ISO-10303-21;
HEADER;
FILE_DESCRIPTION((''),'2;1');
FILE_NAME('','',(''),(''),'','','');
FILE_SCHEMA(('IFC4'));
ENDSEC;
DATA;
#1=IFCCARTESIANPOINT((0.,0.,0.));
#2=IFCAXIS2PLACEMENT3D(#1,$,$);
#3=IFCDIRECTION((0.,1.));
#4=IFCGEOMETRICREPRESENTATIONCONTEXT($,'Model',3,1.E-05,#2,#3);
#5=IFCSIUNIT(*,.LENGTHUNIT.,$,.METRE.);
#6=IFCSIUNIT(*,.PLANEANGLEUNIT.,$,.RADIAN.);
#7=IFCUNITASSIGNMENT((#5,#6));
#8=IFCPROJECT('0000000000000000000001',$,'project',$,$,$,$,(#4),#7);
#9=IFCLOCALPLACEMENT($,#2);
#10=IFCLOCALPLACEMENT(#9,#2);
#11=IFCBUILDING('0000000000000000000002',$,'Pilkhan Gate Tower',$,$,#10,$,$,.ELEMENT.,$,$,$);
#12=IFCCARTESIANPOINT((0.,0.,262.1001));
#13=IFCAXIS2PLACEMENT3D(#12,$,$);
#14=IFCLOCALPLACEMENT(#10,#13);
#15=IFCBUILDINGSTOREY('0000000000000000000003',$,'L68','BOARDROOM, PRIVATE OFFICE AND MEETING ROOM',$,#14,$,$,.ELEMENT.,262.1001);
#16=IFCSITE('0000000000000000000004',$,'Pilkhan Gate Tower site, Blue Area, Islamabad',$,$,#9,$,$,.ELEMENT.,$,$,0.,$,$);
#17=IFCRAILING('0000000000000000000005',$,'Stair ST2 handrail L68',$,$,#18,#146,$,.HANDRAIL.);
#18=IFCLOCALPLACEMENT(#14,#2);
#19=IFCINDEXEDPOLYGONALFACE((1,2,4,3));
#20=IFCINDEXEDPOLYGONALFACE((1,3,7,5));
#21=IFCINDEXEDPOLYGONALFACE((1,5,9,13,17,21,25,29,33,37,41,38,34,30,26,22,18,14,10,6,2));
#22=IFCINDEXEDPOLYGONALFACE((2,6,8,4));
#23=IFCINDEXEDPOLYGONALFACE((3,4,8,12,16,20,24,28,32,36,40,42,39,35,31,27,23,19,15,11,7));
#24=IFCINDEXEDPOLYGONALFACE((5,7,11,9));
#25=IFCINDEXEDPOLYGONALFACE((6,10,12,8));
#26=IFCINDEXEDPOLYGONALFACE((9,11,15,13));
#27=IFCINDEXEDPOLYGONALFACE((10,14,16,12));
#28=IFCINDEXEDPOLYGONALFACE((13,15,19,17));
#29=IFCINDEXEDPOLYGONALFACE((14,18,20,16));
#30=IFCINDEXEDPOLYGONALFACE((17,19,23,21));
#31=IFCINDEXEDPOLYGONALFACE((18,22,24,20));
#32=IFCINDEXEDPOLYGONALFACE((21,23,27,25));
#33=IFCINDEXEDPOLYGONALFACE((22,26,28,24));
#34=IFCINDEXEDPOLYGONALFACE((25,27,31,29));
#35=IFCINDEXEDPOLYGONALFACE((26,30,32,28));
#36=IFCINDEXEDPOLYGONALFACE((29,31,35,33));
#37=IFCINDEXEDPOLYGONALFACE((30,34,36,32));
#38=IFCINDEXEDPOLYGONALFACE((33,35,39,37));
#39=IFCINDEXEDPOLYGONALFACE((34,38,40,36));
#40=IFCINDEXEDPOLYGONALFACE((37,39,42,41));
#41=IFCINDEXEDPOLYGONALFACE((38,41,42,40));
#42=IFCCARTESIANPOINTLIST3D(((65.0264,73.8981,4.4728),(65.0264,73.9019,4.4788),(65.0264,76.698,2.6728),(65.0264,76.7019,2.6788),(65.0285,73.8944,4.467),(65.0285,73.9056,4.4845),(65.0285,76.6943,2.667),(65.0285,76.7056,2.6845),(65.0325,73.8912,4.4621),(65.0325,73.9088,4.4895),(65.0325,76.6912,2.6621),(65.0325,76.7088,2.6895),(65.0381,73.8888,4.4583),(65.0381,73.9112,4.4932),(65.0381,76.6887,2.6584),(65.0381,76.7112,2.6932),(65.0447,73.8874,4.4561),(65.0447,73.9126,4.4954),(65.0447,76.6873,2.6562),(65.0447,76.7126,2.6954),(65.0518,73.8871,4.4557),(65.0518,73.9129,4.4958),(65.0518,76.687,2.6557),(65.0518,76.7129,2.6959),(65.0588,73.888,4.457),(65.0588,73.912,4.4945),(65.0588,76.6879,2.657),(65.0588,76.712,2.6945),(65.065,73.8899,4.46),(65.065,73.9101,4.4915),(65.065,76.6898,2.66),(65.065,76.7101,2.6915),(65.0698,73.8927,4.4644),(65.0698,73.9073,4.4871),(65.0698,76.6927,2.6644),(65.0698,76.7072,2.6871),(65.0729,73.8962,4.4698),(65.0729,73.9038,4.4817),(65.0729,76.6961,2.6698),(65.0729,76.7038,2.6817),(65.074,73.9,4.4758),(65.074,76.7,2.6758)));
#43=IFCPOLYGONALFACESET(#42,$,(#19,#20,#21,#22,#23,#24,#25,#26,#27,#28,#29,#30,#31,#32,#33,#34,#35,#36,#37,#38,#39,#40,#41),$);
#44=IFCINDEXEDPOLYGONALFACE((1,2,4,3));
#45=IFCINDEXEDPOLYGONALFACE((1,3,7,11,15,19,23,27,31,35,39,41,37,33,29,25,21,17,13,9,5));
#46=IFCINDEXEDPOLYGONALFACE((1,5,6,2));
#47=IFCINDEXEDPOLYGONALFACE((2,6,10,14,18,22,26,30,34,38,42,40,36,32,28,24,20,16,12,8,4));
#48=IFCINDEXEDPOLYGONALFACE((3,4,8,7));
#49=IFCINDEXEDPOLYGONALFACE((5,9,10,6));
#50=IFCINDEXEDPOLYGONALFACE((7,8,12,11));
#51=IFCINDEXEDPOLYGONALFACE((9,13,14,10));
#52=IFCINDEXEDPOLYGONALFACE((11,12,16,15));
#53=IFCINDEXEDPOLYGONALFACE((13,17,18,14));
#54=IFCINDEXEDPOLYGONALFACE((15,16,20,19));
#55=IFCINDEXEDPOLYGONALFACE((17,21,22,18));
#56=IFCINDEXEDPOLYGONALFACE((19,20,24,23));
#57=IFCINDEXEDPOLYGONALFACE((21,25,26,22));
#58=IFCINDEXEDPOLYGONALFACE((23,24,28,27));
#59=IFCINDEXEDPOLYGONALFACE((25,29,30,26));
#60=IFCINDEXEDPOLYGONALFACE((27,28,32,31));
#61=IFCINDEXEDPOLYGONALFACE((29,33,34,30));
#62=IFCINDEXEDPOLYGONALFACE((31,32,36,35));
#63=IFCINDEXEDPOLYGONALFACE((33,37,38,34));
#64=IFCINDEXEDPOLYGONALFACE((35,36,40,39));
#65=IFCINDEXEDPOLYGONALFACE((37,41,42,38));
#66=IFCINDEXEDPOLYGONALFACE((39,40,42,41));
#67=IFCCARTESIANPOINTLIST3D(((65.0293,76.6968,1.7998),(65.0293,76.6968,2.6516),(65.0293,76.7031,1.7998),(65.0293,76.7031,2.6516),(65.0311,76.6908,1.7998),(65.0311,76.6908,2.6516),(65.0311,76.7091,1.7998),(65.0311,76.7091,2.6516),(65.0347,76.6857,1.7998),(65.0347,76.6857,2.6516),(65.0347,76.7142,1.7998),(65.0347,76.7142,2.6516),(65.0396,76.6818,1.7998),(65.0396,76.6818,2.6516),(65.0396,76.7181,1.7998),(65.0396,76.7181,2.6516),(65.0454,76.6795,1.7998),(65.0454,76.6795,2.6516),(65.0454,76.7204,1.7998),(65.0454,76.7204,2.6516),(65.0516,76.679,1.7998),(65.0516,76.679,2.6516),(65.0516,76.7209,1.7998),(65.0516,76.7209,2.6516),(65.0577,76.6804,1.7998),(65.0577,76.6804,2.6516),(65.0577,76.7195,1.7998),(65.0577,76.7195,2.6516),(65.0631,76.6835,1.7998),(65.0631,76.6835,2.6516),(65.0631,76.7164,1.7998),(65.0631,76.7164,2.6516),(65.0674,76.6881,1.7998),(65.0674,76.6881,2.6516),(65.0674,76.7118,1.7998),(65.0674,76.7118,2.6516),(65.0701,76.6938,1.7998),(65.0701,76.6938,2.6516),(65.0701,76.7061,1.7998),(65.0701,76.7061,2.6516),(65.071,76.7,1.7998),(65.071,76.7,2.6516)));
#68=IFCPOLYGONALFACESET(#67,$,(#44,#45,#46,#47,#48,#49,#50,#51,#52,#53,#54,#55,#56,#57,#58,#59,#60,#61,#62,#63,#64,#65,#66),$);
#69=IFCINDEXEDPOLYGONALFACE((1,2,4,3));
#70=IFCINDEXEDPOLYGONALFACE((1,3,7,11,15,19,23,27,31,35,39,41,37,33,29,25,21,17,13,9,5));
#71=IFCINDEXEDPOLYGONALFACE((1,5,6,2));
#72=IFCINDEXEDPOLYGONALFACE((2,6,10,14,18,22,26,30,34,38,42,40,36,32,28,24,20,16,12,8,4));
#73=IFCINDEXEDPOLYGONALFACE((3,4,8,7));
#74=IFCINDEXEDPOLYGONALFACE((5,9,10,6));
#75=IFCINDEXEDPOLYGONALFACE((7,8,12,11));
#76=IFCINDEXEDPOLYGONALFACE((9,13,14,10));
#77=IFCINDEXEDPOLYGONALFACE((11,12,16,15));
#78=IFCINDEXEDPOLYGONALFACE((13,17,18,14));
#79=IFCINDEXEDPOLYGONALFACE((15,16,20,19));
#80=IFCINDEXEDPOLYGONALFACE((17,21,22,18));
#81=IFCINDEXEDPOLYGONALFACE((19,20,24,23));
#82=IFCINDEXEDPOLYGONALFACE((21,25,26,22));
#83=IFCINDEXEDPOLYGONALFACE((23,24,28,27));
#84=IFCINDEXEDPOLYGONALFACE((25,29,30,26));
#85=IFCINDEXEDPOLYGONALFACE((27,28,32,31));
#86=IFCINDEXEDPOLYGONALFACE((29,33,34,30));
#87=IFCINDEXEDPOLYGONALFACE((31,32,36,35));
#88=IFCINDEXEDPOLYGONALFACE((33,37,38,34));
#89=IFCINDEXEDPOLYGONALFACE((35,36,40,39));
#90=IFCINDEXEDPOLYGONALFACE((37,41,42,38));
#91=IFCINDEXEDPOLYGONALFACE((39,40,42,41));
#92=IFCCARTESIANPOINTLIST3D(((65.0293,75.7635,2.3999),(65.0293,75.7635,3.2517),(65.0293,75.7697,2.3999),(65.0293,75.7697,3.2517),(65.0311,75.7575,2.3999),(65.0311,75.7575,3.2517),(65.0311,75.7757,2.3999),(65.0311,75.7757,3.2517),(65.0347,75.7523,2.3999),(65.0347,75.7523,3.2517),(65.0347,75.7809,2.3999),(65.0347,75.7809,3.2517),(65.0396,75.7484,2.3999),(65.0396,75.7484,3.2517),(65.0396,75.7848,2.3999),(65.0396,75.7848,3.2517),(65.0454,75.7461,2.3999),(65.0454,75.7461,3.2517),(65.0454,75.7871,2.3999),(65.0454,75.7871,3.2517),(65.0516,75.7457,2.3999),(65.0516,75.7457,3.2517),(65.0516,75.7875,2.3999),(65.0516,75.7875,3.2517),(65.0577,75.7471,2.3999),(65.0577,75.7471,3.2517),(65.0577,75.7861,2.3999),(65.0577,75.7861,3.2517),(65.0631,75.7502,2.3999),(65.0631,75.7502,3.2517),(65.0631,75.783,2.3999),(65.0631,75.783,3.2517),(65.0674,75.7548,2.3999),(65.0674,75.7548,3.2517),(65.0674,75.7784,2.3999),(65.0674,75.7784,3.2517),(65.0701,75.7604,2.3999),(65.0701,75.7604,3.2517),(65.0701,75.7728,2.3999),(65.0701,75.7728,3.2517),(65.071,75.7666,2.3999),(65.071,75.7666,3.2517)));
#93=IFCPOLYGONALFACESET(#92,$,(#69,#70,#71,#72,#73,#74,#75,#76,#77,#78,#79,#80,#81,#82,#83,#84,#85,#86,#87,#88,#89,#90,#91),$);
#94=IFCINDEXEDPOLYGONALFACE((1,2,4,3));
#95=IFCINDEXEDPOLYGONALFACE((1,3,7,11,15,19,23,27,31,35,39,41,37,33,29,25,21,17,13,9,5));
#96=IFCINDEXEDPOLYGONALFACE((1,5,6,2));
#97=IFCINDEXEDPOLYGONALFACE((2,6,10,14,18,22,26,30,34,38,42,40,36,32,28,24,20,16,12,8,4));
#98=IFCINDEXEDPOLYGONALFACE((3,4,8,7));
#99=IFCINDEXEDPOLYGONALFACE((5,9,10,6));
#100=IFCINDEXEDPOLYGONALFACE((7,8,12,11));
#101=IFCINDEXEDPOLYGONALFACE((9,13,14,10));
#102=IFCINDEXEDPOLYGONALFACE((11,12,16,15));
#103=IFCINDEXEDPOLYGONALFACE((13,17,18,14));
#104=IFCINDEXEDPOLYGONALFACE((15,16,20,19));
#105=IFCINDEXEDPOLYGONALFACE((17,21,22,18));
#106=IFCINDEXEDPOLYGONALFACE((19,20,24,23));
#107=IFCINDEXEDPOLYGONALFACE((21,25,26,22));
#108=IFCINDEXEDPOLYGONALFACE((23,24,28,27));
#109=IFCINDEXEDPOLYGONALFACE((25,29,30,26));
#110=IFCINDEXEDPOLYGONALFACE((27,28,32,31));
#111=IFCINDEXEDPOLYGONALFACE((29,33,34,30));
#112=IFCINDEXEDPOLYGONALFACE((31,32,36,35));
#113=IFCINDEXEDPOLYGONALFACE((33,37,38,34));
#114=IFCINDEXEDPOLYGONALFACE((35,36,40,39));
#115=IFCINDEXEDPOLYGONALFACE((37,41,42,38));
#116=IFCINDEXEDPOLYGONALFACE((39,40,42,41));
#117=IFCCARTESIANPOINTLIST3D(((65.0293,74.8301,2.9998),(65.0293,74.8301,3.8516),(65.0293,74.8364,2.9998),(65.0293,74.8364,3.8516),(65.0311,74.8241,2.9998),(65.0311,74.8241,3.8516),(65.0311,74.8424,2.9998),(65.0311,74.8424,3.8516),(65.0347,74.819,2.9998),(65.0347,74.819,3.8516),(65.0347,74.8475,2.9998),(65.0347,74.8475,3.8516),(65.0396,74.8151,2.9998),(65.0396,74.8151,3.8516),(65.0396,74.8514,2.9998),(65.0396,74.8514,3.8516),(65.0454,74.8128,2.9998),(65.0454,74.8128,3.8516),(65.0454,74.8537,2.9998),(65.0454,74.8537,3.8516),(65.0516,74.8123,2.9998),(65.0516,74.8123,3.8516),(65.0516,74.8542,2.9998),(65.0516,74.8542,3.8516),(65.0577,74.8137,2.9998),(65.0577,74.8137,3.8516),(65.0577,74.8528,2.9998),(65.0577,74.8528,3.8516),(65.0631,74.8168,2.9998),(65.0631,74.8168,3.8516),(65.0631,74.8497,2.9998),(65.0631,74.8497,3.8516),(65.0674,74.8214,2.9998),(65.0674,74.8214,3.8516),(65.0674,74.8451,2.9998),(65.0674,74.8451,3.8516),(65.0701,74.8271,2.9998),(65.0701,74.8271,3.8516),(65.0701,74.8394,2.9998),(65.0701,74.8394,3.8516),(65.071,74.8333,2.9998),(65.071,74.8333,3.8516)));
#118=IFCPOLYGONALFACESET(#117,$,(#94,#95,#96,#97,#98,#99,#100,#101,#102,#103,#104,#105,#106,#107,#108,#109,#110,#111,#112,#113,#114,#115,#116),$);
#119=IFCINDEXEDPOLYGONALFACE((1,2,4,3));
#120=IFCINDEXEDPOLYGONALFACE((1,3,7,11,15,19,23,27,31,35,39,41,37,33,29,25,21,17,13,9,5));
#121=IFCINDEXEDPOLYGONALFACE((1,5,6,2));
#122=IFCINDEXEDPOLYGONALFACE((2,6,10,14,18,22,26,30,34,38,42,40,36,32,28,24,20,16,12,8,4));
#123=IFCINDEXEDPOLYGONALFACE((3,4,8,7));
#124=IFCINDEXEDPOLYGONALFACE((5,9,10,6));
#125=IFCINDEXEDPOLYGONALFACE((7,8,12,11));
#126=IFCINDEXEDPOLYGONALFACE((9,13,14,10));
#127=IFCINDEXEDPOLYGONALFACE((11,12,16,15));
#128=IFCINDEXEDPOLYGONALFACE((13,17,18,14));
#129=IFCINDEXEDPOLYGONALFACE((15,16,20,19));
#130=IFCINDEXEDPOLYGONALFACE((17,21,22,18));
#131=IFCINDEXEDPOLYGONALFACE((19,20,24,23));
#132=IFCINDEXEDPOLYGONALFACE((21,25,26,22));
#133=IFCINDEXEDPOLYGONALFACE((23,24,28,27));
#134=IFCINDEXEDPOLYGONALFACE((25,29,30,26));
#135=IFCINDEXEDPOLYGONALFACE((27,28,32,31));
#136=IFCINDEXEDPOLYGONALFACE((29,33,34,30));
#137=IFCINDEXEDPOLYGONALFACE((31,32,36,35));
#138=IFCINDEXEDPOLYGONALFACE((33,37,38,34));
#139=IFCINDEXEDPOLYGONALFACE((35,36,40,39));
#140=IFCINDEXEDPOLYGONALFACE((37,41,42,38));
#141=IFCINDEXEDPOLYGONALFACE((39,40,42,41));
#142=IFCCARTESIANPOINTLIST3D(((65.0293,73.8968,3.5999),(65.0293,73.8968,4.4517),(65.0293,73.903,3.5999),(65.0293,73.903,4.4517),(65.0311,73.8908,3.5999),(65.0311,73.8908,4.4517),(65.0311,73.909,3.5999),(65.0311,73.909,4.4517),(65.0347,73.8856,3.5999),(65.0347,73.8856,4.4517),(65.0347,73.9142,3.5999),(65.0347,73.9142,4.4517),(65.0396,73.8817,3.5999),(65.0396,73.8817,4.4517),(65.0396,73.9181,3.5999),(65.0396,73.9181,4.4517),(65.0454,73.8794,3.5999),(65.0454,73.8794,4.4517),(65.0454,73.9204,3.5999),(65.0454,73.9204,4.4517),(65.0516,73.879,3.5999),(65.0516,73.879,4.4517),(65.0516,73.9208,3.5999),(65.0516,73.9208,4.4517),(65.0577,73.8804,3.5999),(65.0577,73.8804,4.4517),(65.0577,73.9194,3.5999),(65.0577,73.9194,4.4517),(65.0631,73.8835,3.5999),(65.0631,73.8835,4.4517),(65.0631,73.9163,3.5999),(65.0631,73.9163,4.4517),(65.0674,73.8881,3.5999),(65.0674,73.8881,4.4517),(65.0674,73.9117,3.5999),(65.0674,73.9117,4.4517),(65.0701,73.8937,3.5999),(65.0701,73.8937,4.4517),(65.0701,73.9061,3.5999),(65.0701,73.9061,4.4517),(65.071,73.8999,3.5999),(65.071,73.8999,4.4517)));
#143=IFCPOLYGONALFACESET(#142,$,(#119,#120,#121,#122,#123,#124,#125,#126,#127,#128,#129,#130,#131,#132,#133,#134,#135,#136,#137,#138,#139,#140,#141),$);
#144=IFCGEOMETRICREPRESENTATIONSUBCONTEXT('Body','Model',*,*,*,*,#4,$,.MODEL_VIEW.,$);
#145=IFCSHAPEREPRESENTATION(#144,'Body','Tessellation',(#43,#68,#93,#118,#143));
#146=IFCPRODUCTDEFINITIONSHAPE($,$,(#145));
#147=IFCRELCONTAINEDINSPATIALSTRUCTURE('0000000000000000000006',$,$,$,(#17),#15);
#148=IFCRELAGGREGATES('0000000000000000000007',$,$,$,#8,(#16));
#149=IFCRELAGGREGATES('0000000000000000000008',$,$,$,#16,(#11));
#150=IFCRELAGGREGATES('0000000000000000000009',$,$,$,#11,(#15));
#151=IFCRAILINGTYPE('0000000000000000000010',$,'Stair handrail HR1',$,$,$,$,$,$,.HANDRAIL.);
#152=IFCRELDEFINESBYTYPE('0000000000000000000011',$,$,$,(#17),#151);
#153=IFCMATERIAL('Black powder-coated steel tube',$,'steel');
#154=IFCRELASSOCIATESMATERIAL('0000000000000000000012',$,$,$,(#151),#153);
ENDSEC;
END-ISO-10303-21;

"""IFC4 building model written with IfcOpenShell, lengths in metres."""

from ifc_helpers import new_model, si_unit, direction, frame, origin, origin_2d, place, context, subcontext, project, spatial, circle, extrude, material, type_object, element, save


model = new_model("IFC4")

# Units and contexts
model_context = context("Model", 3, precision=1e-05, world=origin(), true_north=direction((0.0, 1.0)))
body_context = subcontext(model_context, "Body", "Model", "MODEL_VIEW")
ifc_project = project(units=[si_unit("LENGTHUNIT", "METRE"), si_unit("PLANEANGLEUNIT", "RADIAN")], contexts=[model_context])

# Site, building, storey
site_placement = place(None, origin())
site = spatial("IfcSite", under=ifc_project, at=site_placement, Name="Pilkhan Gate Tower site, Blue Area, Islamabad", CompositionType="ELEMENT", RefElevation=0.0)
building_placement = place(site_placement, origin())
building = spatial("IfcBuilding", under=site, at=building_placement, Name="Pilkhan Gate Tower", CompositionType="ELEMENT")
storey_placement = place(building_placement, frame((0.0, 0.0, 262.1001)))
storey = spatial("IfcBuildingStorey", under=building, at=storey_placement, Name="L68", Description="BOARDROOM, PRIVATE OFFICE AND MEETING ROOM", CompositionType="ELEMENT", Elevation=262.1001)

# Railing
ifc_material_1 = material(Name="Black powder-coated steel tube", Category="steel")
railing_type_1 = type_object("IfcRailingType", Name="Stair handrail HR1", PredefinedType="HANDRAIL", material=ifc_material_1)
railing_1_placement = place(storey_placement, frame((65.05, 76.7, 1.7998)))
element("IfcRailing", 1, at=railing_1_placement, inside=storey, type_object=railing_type_1, Name="Stair ST2 handrail L68", PredefinedType="HANDRAIL", context=body_context, shape_type="SweptSolid", body=[
    extrude(circle(Radius=0.0239, at=origin_2d()), frame((0.0, 0.0, 0.876), z_axis=(0.0, -0.841176, 0.540761), x_axis=(1.0, 0.0, 0.0)), (0.0, 0.0, 1.0), 3.3286),
    extrude(circle(Radius=0.021, at=origin_2d()), origin(), (0.0, 0.0, 1.0), 0.8518),
    extrude(circle(Radius=0.021, at=origin_2d()), frame((0.0, -0.9333, 0.6001)), (0.0, 0.0, 1.0), 0.8518),
    extrude(circle(Radius=0.021, at=origin_2d()), frame((0.0, -1.8667, 1.2)), (0.0, 0.0, 1.0), 0.8518),
    extrude(circle(Radius=0.021, at=origin_2d()), frame((0.0, -2.8, 1.8)), (0.0, 0.0, 1.0), 0.8518),
])

save(model, "model.ifc")
